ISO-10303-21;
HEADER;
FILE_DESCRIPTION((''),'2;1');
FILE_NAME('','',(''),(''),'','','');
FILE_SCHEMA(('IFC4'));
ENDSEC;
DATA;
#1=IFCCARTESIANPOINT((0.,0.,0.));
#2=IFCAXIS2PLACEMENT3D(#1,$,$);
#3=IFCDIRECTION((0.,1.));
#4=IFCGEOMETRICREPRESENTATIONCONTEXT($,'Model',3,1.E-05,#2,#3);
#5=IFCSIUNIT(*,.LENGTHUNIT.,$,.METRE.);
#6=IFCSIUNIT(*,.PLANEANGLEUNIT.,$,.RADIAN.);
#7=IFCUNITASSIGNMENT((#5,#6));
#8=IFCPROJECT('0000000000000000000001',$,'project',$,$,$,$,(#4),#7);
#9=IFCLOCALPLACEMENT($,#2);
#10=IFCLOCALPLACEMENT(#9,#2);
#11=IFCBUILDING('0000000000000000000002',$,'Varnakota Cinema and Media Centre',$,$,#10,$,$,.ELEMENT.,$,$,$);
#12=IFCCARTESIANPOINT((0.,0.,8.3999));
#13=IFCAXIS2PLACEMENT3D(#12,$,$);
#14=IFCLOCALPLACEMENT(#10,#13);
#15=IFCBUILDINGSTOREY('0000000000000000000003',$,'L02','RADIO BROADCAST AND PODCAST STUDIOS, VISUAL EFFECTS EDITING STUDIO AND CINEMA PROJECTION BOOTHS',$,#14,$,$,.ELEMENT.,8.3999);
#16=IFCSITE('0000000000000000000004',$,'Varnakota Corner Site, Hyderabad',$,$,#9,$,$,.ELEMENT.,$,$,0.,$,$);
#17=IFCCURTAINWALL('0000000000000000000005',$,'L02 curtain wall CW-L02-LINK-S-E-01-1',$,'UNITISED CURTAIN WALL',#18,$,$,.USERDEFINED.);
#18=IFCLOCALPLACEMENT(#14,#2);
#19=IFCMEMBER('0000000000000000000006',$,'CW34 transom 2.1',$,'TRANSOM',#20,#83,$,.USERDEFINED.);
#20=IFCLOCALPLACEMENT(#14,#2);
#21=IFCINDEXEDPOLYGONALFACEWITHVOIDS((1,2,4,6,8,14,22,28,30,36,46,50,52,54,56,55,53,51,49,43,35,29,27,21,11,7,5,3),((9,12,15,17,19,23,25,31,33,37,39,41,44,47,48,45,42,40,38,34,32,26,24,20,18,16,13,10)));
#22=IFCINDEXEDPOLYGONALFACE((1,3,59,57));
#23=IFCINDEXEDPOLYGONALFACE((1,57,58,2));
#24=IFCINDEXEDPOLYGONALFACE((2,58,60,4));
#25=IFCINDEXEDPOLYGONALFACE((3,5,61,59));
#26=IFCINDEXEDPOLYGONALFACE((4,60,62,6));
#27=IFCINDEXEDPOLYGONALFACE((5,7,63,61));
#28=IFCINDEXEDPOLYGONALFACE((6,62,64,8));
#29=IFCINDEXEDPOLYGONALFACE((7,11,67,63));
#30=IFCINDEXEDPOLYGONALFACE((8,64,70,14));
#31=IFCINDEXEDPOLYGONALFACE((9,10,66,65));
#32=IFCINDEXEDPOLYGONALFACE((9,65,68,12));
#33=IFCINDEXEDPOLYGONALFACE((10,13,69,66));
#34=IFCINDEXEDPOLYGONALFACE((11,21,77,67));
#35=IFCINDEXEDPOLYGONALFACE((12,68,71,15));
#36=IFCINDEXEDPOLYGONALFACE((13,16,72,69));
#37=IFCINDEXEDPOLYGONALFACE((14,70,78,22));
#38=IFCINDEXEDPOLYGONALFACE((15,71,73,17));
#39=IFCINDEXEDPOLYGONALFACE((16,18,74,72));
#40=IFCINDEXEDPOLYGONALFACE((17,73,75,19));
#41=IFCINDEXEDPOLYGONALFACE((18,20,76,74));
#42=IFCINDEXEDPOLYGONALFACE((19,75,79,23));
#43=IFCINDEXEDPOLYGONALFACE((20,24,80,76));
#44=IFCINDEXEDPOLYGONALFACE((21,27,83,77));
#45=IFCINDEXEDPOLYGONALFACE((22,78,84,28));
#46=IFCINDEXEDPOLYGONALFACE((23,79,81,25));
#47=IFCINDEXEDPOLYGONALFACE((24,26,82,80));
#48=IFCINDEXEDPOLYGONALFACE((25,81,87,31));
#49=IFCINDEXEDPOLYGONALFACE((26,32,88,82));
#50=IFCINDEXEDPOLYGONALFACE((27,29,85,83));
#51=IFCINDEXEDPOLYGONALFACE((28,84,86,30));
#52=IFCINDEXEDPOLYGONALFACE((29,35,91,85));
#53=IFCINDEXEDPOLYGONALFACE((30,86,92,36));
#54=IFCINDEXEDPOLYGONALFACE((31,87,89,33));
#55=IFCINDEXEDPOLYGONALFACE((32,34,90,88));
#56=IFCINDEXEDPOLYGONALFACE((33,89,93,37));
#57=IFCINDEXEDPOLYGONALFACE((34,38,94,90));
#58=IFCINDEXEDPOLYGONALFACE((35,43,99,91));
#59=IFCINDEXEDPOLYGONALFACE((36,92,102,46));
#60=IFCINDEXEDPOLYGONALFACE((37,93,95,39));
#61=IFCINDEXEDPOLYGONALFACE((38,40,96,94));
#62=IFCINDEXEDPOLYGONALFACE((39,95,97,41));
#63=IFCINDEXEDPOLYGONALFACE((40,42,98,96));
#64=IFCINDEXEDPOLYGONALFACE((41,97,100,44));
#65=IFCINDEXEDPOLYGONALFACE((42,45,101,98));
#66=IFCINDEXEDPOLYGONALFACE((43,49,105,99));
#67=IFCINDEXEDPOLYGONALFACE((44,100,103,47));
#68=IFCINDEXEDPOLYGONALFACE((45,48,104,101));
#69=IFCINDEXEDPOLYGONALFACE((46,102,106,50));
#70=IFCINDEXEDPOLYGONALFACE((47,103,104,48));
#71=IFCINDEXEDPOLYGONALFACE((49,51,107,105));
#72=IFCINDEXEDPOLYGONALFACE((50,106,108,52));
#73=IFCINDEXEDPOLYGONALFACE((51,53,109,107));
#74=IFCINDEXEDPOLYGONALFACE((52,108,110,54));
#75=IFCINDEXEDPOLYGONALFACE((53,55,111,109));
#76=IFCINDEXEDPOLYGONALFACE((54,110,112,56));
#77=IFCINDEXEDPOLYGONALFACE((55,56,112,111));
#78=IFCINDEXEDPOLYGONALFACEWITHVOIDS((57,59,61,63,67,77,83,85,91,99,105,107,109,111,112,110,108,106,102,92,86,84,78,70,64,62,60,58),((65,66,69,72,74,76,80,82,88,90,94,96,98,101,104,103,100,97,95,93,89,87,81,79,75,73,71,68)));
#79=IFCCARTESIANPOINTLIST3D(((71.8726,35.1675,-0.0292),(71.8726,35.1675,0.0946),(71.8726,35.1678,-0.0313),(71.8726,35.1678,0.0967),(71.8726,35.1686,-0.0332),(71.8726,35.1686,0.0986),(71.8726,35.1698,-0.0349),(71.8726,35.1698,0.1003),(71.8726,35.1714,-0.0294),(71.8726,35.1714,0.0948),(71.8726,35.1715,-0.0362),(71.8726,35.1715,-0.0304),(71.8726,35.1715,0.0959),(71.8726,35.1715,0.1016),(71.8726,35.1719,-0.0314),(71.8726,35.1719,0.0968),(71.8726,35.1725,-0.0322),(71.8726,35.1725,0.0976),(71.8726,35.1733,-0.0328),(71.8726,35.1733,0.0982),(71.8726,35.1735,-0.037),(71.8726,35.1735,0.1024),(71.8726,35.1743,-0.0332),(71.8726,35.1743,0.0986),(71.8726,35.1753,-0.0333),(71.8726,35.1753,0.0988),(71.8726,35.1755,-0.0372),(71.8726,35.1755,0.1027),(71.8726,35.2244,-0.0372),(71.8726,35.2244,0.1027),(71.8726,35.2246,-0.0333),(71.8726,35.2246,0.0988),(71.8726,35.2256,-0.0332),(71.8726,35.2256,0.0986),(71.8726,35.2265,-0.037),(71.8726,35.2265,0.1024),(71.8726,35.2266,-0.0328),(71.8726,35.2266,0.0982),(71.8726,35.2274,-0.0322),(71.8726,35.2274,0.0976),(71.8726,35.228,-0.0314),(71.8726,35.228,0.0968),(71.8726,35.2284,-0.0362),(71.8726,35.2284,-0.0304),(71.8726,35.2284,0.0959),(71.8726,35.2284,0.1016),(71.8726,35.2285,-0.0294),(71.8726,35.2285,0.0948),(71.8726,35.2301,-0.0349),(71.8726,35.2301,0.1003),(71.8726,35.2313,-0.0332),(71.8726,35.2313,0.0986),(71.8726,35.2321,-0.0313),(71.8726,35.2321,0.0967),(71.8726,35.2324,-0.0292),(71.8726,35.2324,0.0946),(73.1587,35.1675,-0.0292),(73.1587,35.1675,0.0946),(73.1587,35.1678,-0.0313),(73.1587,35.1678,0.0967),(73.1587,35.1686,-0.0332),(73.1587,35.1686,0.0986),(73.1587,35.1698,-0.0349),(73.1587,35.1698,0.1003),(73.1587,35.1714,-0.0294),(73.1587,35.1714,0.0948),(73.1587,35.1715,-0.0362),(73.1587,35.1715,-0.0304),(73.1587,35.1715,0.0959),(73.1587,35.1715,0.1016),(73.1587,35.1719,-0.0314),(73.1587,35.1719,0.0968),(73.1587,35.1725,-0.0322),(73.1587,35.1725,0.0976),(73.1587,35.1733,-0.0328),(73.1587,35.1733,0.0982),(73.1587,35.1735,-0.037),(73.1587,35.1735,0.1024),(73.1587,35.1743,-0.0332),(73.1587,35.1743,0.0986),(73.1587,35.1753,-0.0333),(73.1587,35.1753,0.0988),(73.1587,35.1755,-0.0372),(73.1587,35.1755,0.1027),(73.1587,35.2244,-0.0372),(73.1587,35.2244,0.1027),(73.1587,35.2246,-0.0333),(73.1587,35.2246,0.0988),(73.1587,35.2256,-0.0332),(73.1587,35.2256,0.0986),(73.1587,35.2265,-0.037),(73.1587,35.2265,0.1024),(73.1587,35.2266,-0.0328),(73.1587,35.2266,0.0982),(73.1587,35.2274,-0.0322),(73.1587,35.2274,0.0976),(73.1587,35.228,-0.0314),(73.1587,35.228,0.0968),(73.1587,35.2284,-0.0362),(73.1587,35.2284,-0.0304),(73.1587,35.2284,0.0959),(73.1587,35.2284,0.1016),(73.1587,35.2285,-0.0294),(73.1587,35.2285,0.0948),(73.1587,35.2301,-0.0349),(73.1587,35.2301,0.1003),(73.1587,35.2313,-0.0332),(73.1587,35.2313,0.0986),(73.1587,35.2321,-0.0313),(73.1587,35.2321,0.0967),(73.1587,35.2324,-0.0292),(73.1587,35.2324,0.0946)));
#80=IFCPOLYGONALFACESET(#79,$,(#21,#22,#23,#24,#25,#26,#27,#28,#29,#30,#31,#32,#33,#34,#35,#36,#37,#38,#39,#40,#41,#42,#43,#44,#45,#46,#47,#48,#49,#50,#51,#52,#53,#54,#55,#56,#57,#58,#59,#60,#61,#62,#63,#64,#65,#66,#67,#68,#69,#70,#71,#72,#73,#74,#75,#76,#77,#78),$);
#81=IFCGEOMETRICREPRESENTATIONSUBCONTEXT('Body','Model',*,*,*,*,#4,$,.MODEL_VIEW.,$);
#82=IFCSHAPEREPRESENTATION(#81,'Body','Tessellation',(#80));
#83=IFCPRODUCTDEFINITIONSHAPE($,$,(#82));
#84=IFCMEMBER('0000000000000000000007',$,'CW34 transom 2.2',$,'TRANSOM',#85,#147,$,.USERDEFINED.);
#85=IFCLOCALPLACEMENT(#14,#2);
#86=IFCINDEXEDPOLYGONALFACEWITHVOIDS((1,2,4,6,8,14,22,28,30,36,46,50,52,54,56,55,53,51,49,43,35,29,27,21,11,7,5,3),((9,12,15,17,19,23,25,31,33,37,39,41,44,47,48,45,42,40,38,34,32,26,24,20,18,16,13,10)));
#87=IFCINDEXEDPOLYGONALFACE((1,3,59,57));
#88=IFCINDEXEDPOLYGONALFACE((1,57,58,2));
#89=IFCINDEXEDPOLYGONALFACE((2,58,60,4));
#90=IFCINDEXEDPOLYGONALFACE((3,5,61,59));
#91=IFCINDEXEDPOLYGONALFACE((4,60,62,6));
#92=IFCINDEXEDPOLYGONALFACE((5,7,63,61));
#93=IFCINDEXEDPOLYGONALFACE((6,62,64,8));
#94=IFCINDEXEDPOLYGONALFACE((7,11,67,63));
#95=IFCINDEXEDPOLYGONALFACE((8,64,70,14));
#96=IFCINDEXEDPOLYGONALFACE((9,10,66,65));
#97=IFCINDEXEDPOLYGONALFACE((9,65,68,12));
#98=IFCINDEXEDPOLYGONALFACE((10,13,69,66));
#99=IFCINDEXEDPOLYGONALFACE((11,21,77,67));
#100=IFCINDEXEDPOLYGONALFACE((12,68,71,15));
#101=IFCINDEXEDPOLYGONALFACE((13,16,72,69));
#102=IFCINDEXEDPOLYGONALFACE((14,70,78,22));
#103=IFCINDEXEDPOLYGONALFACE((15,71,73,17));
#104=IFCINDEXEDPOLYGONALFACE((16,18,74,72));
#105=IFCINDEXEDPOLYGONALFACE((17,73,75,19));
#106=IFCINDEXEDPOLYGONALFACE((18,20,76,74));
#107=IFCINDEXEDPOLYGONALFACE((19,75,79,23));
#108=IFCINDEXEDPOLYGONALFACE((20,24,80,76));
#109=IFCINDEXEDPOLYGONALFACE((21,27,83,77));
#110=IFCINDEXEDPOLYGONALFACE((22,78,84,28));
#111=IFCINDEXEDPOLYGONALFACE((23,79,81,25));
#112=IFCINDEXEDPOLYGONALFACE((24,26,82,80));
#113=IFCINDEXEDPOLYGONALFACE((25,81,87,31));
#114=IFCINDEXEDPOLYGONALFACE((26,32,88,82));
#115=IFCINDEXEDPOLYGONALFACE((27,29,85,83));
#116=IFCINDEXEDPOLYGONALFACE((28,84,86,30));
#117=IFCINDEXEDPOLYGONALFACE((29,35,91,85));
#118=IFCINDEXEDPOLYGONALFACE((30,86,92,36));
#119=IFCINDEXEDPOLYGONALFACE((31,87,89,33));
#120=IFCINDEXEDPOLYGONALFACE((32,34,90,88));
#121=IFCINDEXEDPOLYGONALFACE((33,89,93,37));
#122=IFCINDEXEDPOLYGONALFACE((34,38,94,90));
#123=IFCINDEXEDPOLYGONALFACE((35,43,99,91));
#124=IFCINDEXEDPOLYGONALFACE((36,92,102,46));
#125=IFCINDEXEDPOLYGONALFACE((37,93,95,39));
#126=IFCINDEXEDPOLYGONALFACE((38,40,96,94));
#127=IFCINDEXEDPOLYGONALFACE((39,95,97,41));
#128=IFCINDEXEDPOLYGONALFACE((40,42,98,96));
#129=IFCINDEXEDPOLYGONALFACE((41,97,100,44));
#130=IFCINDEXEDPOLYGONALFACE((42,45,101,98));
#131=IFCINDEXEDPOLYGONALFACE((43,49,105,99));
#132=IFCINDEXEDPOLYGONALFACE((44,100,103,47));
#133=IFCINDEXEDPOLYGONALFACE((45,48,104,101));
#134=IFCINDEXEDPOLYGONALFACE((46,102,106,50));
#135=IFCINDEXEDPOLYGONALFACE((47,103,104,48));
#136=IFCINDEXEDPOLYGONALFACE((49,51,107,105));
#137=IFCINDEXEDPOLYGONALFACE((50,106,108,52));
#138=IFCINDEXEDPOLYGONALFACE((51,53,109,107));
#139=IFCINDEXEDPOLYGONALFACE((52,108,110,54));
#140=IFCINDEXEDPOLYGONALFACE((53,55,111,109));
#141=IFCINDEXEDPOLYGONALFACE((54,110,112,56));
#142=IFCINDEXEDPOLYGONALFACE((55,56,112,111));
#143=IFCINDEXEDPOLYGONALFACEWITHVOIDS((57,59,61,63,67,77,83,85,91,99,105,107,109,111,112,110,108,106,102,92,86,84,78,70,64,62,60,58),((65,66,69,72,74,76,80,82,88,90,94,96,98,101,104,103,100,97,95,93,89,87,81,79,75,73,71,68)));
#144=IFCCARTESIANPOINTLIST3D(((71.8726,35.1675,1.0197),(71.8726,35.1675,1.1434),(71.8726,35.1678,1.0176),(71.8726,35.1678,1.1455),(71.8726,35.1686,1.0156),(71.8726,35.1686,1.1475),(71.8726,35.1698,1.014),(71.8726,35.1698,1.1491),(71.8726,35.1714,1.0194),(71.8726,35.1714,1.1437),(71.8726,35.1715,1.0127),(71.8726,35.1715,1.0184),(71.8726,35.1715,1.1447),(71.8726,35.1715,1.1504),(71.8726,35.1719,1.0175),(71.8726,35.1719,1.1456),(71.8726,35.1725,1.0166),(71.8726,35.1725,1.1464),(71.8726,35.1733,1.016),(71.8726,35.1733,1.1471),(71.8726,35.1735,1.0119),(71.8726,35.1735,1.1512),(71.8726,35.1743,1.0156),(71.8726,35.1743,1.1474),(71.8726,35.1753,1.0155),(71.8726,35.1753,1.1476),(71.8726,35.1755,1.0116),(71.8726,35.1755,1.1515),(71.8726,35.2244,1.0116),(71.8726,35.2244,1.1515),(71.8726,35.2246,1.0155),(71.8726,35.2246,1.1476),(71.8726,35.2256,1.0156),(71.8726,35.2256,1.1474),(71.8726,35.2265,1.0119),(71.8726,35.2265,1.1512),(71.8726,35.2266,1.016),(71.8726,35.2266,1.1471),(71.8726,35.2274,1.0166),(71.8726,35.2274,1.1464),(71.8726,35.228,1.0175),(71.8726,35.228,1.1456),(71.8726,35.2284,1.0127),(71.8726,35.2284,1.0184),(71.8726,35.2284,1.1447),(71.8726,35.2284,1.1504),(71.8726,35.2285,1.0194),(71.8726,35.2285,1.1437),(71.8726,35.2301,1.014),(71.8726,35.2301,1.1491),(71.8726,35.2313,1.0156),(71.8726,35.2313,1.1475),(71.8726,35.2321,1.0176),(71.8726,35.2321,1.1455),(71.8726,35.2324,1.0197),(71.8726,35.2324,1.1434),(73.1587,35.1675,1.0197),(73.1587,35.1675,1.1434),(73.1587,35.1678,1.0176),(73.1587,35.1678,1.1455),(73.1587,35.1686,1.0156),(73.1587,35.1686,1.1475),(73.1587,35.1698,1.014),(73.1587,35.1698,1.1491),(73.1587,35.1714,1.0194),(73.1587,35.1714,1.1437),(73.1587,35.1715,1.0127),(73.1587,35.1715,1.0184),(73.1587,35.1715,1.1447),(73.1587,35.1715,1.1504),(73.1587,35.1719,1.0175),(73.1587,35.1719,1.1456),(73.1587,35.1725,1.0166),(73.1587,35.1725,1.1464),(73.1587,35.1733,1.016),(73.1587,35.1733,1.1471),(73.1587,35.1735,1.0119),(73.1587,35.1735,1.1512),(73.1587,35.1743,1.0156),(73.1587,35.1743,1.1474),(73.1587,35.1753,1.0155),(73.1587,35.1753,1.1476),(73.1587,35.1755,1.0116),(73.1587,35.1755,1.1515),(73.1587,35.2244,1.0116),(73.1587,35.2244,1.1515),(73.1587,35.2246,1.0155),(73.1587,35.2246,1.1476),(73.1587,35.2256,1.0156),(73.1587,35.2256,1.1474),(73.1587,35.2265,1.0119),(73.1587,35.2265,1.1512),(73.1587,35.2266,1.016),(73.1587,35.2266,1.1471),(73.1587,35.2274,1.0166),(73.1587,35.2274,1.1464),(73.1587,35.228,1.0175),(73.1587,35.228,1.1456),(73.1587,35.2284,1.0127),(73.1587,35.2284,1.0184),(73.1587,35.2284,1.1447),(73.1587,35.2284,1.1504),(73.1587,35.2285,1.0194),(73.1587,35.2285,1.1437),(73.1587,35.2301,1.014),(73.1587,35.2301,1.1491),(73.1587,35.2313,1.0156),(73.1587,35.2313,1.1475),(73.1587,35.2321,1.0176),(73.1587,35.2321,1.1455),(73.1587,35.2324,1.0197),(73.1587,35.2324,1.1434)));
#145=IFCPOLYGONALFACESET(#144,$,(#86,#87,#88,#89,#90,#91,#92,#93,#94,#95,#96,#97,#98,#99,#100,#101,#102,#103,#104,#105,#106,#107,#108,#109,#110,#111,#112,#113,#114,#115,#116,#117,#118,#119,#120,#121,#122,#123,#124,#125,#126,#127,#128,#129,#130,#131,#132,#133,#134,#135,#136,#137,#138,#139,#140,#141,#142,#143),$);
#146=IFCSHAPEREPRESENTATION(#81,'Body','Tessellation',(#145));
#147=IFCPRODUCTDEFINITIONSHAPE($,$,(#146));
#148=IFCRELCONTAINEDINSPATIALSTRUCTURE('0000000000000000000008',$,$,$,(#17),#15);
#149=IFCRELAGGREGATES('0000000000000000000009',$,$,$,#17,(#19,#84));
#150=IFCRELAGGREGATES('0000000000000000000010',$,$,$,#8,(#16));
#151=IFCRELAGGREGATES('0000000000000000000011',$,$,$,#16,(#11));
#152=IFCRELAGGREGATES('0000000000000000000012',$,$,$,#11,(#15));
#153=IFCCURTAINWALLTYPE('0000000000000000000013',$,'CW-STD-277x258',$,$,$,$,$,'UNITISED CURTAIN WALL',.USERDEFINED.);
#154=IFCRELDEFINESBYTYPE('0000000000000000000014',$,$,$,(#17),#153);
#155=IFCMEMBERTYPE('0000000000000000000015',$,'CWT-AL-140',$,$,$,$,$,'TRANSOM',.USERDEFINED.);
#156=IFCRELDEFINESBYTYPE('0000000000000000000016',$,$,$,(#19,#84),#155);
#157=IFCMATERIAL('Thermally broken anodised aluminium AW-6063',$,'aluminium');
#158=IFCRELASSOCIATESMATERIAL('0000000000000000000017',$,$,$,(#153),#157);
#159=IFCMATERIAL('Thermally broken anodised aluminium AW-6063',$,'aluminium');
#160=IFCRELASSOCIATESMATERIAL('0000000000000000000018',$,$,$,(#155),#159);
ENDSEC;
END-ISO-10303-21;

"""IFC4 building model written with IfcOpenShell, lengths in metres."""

from ifc_helpers import new_model, si_unit, direction, frame, origin, origin_2d, place, context, subcontext, project, spatial, hollow_rectangle, extrude, material, material_profile, profile_set, type_object, element, aggregate, save


model = new_model("IFC4")

# Units and contexts
model_context = context("Model", 3, precision=1e-05, world=origin(), true_north=direction((0.0, 1.0)))
body_context = subcontext(model_context, "Body", "Model", "MODEL_VIEW")
ifc_project = project(units=[si_unit("LENGTHUNIT", "METRE"), si_unit("PLANEANGLEUNIT", "RADIAN")], contexts=[model_context])

# Site, building, storey
site_placement = place(None, origin())
site = spatial("IfcSite", under=ifc_project, at=site_placement, Name="Varnakota Corner Site, Hyderabad", CompositionType="ELEMENT", RefElevation=0.0)
building_placement = place(site_placement, origin())
building = spatial("IfcBuilding", under=site, at=building_placement, Name="Varnakota Cinema and Media Centre", CompositionType="ELEMENT")
storey_placement = place(building_placement, frame((0.0, 0.0, 8.3999)))
storey = spatial("IfcBuildingStorey", under=building, at=storey_placement, Name="L02", Description="RADIO BROADCAST AND PODCAST STUDIOS, VISUAL EFFECTS EDITING STUDIO AND CINEMA PROJECTION BOOTHS", CompositionType="ELEMENT", Elevation=8.3999)

# Curtain wall
ifc_material_1 = material(Name="Thermally broken anodised aluminium AW-6063", Category="aluminium")
curtain_wall_type = type_object("IfcCurtainWallType", Name="CW-STD-277x258", ElementType="UNITISED CURTAIN WALL", PredefinedType="USERDEFINED", material=ifc_material_1)
curtain_wall_1_placement = place(storey_placement, origin())
curtain_wall_1 = element("IfcCurtainWall", 1, at=curtain_wall_1_placement, inside=storey, type_object=curtain_wall_type, Name="L02 curtain wall CW-L02-LINK-S-E-01-1", ObjectType="UNITISED CURTAIN WALL", PredefinedType="USERDEFINED")

# Members
ifc_material_2 = material(Name="Thermally broken anodised aluminium AW-6063", Category="aluminium")
ifc_material_profile_1 = material_profile(ifc_material_2, hollow_rectangle(XDim=0.0649, YDim=0.1399, WallThickness=0.0039, InnerFilletRadius=0.0039, OuterFilletRadius=0.0081, at=origin_2d()), Name="AL-TRANSOM 140x65x4")
ifc_profile_set_1 = profile_set([ifc_material_profile_1], Name="Thermally broken anodised aluminium AW-6063")
member_type_1 = type_object("IfcMemberType", Name="CWT-AL-140", ElementType="TRANSOM", PredefinedType="USERDEFINED", material=ifc_profile_set_1)
member_1_placement = place(storey_placement, frame((73.1587, 35.2, 0.0327), z_axis=(-1.0, 0.0, 0.0), x_axis=(0.0, -1.0, 0.0)))
member_1 = element("IfcMember", 2, at=member_1_placement, type_object=member_type_1, Name="CW34 transom 2.1", ObjectType="TRANSOM", PredefinedType="USERDEFINED", context=body_context, shape_type="SweptSolid", body=[
    extrude(hollow_rectangle(XDim=0.0649, YDim=0.1399, WallThickness=0.0039, InnerFilletRadius=0.0039, OuterFilletRadius=0.0081, at=origin_2d()), origin(), (0.0, 0.0, 1.0), 1.2861),
])
member_2_placement = place(storey_placement, frame((73.1587, 35.2, 1.0815), z_axis=(-1.0, 0.0, 0.0), x_axis=(0.0, -1.0, 0.0)))
member_2 = element("IfcMember", 3, at=member_2_placement, type_object=member_type_1, Name="CW34 transom 2.2", ObjectType="TRANSOM", PredefinedType="USERDEFINED", context=body_context, shape_type="SweptSolid", body=[
    extrude(hollow_rectangle(XDim=0.0649, YDim=0.1399, WallThickness=0.0039, InnerFilletRadius=0.0039, OuterFilletRadius=0.0081, at=origin_2d()), origin(), (0.0, 0.0, 1.0), 1.2861),
])

aggregate(curtain_wall_1, [member_1, member_2])

save(model, "model.ifc")
